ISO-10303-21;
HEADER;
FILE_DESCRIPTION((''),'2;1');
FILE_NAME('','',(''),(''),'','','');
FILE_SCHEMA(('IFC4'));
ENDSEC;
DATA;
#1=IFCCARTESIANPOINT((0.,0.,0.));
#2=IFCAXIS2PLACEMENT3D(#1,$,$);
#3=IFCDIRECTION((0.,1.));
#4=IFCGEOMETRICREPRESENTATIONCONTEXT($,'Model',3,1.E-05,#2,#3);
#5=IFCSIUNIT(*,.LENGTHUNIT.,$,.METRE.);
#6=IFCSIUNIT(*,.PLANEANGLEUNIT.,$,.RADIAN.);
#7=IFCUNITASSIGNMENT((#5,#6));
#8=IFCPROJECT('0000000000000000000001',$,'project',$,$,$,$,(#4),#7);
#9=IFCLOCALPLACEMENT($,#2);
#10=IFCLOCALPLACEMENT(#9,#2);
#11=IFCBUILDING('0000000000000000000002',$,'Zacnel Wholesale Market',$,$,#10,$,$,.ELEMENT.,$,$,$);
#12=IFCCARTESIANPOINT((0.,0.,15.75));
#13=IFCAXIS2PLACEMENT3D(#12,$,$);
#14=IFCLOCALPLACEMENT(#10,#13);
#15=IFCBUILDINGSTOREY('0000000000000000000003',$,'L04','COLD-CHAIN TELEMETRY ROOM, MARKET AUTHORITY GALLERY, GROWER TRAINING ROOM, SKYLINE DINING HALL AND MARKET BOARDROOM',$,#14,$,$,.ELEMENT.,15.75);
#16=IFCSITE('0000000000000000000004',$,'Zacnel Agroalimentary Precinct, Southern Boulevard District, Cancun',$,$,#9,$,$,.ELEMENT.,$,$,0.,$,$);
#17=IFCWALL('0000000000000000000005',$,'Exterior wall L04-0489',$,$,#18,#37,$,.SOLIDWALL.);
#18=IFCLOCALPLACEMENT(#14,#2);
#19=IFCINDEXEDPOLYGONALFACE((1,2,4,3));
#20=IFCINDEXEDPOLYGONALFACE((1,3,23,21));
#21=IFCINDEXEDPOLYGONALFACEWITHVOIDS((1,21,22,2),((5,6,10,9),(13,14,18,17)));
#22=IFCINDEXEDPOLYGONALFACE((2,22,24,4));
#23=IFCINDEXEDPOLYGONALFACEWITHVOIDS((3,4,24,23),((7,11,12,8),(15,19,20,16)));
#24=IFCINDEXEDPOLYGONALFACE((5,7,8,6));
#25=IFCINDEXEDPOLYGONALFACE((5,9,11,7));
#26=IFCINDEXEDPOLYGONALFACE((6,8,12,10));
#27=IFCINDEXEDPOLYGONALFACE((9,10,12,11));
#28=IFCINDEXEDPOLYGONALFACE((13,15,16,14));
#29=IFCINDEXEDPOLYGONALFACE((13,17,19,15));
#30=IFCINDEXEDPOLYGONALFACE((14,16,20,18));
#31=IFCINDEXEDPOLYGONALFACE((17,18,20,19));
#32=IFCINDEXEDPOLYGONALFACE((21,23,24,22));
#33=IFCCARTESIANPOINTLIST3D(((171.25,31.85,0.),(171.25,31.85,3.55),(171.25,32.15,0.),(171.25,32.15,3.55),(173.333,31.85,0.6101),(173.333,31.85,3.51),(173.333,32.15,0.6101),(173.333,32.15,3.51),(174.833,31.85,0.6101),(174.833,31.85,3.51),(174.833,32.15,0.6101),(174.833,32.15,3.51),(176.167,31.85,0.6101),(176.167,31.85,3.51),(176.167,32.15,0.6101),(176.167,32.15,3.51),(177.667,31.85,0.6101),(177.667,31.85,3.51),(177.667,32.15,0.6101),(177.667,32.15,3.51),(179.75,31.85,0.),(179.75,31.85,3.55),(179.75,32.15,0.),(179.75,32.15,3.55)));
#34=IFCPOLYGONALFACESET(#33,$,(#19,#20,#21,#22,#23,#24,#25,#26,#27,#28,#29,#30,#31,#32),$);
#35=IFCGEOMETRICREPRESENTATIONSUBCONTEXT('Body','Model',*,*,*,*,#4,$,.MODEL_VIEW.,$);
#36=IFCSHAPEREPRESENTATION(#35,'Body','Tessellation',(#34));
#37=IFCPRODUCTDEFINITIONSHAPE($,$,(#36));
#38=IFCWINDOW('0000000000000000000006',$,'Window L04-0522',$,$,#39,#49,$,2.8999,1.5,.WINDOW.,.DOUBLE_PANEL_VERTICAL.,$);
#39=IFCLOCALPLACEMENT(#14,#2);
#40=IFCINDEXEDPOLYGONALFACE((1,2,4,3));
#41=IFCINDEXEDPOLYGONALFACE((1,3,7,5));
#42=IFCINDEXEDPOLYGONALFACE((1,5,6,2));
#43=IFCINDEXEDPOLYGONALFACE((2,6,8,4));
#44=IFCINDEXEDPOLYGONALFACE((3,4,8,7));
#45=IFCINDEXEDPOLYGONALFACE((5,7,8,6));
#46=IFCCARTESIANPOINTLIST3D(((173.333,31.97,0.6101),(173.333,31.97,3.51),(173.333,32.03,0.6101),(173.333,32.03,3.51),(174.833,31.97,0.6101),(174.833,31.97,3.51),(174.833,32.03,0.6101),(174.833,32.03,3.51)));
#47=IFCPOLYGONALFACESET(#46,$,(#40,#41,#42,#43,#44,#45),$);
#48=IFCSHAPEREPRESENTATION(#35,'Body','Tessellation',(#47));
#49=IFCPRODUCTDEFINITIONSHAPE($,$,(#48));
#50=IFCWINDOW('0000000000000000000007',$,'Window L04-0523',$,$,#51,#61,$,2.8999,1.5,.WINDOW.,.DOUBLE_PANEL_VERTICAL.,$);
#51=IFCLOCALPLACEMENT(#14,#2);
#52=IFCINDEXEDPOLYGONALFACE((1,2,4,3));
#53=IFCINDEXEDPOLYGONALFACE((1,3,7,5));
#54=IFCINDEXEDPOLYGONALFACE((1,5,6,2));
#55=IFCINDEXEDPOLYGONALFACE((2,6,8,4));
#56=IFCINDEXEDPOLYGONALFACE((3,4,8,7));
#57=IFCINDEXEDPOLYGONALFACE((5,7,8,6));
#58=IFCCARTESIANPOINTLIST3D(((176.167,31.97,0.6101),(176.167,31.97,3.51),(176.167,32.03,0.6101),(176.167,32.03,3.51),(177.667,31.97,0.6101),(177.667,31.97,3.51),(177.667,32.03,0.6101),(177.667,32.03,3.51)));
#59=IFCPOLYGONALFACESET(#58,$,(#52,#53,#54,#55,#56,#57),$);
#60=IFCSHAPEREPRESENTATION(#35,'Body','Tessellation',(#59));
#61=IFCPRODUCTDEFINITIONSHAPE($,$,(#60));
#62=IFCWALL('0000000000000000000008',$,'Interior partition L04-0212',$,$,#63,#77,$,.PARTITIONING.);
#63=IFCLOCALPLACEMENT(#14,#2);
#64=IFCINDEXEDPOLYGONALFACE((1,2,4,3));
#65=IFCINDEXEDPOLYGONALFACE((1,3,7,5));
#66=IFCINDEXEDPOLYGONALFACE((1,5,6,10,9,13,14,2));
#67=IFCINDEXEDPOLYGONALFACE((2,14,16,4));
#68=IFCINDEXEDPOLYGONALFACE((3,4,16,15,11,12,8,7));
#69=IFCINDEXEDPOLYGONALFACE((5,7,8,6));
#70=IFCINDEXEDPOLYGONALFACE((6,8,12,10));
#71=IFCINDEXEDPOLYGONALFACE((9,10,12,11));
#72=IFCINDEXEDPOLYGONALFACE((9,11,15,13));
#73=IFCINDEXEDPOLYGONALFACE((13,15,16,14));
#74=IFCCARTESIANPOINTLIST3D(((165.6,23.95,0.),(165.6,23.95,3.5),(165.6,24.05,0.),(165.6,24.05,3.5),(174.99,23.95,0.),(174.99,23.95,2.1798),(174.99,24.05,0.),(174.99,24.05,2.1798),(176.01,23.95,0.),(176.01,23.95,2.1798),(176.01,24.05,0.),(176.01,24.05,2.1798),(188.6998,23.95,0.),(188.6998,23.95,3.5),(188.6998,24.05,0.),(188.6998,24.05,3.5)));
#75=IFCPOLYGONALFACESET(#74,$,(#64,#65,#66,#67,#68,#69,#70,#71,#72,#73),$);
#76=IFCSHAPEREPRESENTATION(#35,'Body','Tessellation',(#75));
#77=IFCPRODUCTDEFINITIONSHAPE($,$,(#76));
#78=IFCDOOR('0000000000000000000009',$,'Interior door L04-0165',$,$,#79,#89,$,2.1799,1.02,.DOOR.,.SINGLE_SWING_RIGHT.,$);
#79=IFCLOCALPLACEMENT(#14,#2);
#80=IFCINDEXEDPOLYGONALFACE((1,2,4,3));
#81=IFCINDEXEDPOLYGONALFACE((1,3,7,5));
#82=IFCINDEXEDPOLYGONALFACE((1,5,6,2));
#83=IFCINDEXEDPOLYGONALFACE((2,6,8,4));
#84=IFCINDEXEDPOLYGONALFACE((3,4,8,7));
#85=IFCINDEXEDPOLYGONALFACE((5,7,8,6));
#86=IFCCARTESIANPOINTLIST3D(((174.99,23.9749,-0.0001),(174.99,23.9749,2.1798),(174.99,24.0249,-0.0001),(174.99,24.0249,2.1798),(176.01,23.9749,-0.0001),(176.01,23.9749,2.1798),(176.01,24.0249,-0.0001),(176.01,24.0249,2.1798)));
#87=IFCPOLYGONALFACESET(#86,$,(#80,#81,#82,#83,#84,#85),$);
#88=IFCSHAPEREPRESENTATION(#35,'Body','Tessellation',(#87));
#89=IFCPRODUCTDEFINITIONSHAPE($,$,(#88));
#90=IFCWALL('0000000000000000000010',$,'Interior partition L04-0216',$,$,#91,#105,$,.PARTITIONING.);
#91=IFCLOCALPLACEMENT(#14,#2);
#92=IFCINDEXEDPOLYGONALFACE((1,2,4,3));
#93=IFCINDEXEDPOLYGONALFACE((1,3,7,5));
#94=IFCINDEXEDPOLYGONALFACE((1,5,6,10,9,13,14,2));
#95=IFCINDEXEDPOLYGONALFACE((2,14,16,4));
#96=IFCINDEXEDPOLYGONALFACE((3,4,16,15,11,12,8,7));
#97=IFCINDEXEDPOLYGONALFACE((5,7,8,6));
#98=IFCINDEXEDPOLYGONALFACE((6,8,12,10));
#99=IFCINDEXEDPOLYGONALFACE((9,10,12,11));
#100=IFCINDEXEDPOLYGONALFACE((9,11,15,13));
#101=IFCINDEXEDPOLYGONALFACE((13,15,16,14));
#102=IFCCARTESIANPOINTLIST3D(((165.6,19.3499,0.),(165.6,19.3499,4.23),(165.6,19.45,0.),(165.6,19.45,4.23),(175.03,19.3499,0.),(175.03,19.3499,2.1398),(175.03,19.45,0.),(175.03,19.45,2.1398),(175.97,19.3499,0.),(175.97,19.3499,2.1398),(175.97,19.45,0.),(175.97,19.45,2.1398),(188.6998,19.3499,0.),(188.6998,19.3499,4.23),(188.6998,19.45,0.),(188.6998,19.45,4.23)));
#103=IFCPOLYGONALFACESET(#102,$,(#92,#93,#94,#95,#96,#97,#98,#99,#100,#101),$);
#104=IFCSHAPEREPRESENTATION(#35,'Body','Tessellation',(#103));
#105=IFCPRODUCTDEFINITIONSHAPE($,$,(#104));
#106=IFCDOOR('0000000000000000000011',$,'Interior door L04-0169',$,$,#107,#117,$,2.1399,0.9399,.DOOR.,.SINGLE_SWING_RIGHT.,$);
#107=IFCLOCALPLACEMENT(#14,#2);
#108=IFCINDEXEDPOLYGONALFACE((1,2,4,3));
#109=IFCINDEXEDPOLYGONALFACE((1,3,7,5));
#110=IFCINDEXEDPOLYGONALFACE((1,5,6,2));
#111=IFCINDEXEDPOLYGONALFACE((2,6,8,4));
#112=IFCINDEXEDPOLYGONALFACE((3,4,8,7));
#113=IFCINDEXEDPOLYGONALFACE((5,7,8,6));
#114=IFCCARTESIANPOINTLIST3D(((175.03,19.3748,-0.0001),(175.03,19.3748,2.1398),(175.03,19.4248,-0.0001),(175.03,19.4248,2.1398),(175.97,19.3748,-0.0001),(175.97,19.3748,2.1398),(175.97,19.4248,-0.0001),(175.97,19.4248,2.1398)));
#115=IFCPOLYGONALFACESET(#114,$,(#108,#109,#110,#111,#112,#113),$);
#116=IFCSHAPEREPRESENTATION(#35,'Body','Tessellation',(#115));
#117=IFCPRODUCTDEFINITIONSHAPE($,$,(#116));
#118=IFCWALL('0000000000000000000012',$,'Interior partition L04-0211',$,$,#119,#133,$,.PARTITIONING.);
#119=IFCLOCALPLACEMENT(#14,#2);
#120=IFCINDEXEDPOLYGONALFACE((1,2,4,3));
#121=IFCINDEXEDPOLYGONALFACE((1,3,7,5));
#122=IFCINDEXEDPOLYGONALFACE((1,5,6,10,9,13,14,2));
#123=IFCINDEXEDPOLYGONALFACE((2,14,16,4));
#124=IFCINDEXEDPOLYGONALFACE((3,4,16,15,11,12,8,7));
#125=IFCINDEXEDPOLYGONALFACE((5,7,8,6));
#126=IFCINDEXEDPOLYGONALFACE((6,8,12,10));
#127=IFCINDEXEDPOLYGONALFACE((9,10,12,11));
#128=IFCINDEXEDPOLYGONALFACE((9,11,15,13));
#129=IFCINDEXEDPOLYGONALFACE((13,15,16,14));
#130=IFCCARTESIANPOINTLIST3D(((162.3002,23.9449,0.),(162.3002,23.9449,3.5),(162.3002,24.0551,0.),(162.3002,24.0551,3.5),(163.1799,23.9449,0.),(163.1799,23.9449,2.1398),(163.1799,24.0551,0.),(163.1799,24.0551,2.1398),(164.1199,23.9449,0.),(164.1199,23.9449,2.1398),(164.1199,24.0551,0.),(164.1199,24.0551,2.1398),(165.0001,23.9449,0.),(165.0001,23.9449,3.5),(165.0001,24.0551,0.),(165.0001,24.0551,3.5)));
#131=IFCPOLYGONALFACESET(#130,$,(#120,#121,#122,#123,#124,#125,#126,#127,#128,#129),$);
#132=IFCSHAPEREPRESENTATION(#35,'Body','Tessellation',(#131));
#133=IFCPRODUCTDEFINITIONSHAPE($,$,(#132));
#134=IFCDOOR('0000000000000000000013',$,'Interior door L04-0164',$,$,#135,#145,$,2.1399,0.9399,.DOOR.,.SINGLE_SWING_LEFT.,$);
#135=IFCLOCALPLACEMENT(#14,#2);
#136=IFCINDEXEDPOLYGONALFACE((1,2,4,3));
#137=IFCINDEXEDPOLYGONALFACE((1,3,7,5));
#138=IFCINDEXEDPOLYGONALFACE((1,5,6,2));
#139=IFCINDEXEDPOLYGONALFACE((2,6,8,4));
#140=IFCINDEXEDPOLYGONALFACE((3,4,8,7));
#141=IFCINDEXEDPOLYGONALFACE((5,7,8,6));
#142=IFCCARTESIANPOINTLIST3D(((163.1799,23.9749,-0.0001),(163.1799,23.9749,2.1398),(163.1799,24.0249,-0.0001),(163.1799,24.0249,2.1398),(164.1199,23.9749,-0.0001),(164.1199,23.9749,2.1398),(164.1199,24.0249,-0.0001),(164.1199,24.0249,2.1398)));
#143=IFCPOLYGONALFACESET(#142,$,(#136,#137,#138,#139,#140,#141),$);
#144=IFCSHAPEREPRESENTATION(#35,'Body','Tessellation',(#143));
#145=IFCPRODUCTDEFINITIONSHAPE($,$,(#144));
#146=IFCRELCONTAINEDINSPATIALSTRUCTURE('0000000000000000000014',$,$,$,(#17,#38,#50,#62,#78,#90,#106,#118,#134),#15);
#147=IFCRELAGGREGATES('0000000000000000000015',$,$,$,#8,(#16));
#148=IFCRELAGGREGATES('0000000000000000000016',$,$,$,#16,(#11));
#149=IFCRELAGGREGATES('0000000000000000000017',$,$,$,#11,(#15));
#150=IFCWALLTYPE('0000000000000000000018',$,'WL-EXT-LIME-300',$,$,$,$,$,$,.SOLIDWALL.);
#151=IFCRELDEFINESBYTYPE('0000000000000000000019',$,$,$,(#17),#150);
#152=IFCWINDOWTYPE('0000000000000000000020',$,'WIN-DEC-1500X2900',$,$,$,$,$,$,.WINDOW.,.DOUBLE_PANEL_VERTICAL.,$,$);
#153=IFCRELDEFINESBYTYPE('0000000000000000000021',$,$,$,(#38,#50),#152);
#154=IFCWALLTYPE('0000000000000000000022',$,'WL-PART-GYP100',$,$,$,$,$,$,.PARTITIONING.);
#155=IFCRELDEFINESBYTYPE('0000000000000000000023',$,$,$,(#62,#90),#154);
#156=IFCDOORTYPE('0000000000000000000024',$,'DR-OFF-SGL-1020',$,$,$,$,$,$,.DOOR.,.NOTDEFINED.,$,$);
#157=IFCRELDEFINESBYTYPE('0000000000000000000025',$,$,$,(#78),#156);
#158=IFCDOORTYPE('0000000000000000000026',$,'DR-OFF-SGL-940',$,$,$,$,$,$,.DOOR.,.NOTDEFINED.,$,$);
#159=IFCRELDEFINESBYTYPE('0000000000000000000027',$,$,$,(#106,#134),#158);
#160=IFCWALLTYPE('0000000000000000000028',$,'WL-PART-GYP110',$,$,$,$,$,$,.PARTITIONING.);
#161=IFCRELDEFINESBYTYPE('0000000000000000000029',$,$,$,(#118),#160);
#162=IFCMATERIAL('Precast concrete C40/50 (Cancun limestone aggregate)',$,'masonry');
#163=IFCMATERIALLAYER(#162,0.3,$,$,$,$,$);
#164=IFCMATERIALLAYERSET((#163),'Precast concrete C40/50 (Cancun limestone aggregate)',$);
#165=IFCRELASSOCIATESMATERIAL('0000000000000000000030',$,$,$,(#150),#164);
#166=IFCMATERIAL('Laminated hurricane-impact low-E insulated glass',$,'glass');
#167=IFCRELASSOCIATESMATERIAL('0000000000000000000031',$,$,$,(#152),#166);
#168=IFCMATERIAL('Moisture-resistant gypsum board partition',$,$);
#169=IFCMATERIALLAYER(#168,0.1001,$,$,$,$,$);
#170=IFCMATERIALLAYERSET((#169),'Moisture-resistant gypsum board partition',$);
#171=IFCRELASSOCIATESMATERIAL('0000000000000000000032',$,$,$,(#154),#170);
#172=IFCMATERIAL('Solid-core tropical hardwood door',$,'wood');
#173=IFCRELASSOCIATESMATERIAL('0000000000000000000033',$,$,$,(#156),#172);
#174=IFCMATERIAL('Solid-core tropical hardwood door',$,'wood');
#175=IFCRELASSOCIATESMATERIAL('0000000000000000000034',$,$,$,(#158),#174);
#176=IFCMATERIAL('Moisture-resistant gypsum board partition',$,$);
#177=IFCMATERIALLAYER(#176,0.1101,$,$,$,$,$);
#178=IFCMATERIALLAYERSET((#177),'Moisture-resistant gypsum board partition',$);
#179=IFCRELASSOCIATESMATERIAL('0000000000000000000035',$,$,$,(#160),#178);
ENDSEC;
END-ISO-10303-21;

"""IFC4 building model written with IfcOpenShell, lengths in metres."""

from ifc_helpers import new_model, si_unit, direction, frame, frame_2d, origin, place, context, subcontext, project, spatial, rectangle, extrude, material, layer, layer_set, type_object, element, fill, save


model = new_model("IFC4")

# Units and contexts
model_context = context("Model", 3, precision=1e-05, world=origin(), true_north=direction((0.0, 1.0)))
body_context = subcontext(model_context, "Body", "Model", "MODEL_VIEW")
ifc_project = project(units=[si_unit("LENGTHUNIT", "METRE"), si_unit("PLANEANGLEUNIT", "RADIAN")], contexts=[model_context])

# Site, building, storey
site_placement = place(None, origin())
site = spatial("IfcSite", under=ifc_project, at=site_placement, Name="Zacnel Agroalimentary Precinct, Southern Boulevard District, Cancun", CompositionType="ELEMENT", RefElevation=0.0)
building_placement = place(site_placement, origin())
building = spatial("IfcBuilding", under=site, at=building_placement, Name="Zacnel Wholesale Market", CompositionType="ELEMENT")
storey_placement = place(building_placement, frame((0.0, 0.0, 15.75)))
storey = spatial("IfcBuildingStorey", under=building, at=storey_placement, Name="L04", Description="COLD-CHAIN TELEMETRY ROOM, MARKET AUTHORITY GALLERY, GROWER TRAINING ROOM, SKYLINE DINING HALL AND MARKET BOARDROOM", CompositionType="ELEMENT", Elevation=15.75)

# Wall, openings, windows
ifc_material_1 = material(Name="Precast concrete C40/50 (Cancun limestone aggregate)", Category="masonry")
ifc_layer_1 = layer(ifc_material_1, 0.3)
ifc_layer_set_1 = layer_set([ifc_layer_1], Name="Precast concrete C40/50 (Cancun limestone aggregate)")
wall_type_1 = type_object("IfcWallType", Name="WL-EXT-LIME-300", PredefinedType="SOLIDWALL", material=ifc_layer_set_1)
wall_1_placement = place(storey_placement, frame((171.25, 32.0, 0.0), z_axis=(0.0, 0.0, 1.0), x_axis=(1.0, 0.0, 0.0)))
wall_1 = element("IfcWall", 1, at=wall_1_placement, inside=storey, type_object=wall_type_1, Name="Exterior wall L04-0489", PredefinedType="SOLIDWALL", context=body_context, shape_type="SweptSolid", body=[
    extrude(rectangle(XDim=8.5, YDim=0.3, at=frame_2d((4.25, 0.0))), origin(), (0.0, 0.0, 1.0), 3.55),
])
opening_1_placement = place(wall_1_placement, frame((2.083, 0.0, 0.6101)))
opening_1 = element("IfcOpeningElement", 2, at=opening_1_placement, cuts=wall_1, PredefinedType="OPENING", context=body_context, shape_type="SweptSolid", body=[
    extrude(rectangle(XDim=1.5, YDim=2.8999, at=frame_2d((0.75, 1.45))), frame((0.0, 0.1599, 0.0), z_axis=(0.0, -1.0, 0.0), x_axis=(1.0, 0.0, 0.0)), (0.0, 0.0, 1.0), 0.3201),
])
opening_2_placement = place(wall_1_placement, frame((4.917, 0.0, 0.6101)))
opening_2 = element("IfcOpeningElement", 3, at=opening_2_placement, cuts=wall_1, PredefinedType="OPENING", context=body_context, shape_type="SweptSolid", body=[
    extrude(rectangle(XDim=1.5, YDim=2.8999, at=frame_2d((0.75, 1.45))), frame((0.0, 0.1599, 0.0), z_axis=(0.0, -1.0, 0.0), x_axis=(1.0, 0.0, 0.0)), (0.0, 0.0, 1.0), 0.3201),
])
ifc_material_2 = material(Name="Laminated hurricane-impact low-E insulated glass", Category="glass")
window_type = type_object("IfcWindowType", Name="WIN-DEC-1500X2900", PartitioningType="DOUBLE_PANEL_VERTICAL", PredefinedType="WINDOW", material=ifc_material_2)
window_1_placement = place(opening_1_placement, origin())
window_1 = element("IfcWindow", 4, at=window_1_placement, inside=storey, type_object=window_type, Name="Window L04-0522", OverallHeight=2.8999, OverallWidth=1.5, PartitioningType="DOUBLE_PANEL_VERTICAL", PredefinedType="WINDOW", context=body_context, shape_type="SweptSolid", body=[
    extrude(rectangle(XDim=1.5, YDim=2.8999, at=frame_2d((0.75, 1.45))), frame((0.0, 0.03, 0.0), z_axis=(0.0, -1.0, 0.0), x_axis=(1.0, 0.0, 0.0)), (0.0, 0.0, 1.0), 0.0601),
])
fill(opening_1, window_1)
window_2_placement = place(opening_2_placement, origin())
window_2 = element("IfcWindow", 5, at=window_2_placement, inside=storey, type_object=window_type, Name="Window L04-0523", OverallHeight=2.8999, OverallWidth=1.5, PartitioningType="DOUBLE_PANEL_VERTICAL", PredefinedType="WINDOW", context=body_context, shape_type="SweptSolid", body=[
    extrude(rectangle(XDim=1.5, YDim=2.8999, at=frame_2d((0.75, 1.45))), frame((0.0, 0.03, 0.0), z_axis=(0.0, -1.0, 0.0), x_axis=(1.0, 0.0, 0.0)), (0.0, 0.0, 1.0), 0.0601),
])
fill(opening_2, window_2)

# Walls, openings, doors
ifc_material_3 = material(Name="Moisture-resistant gypsum board partition")
ifc_layer_2 = layer(ifc_material_3, 0.1001)
ifc_layer_set_2 = layer_set([ifc_layer_2], Name="Moisture-resistant gypsum board partition")
wall_type_2 = type_object("IfcWallType", Name="WL-PART-GYP100", PredefinedType="PARTITIONING", material=ifc_layer_set_2)
wall_2_placement = place(storey_placement, frame((165.6001, 24.0, 0.0), z_axis=(0.0, 0.0, 1.0), x_axis=(1.0, 0.0, 0.0)))
wall_2 = element("IfcWall", 6, at=wall_2_placement, inside=storey, type_object=wall_type_2, Name="Interior partition L04-0212", PredefinedType="PARTITIONING", context=body_context, shape_type="SweptSolid", body=[
    extrude(rectangle(XDim=23.0999, YDim=0.1001, at=frame_2d((11.5498, 0.0))), origin(), (0.0, 0.0, 1.0), 3.5),
])
opening_3_placement = place(wall_2_placement, frame((9.3899, 0.0, 0.0)))
opening_3 = element("IfcOpeningElement", 7, at=opening_3_placement, cuts=wall_2, PredefinedType="OPENING", context=body_context, shape_type="SweptSolid", body=[
    extrude(rectangle(XDim=1.02, YDim=2.1799, at=frame_2d((0.51, 1.0898))), frame((0.0, 0.0601, 0.0), z_axis=(0.0, -1.0, 0.0), x_axis=(1.0, 0.0, 0.0)), (0.0, 0.0, 1.0), 0.1201),
])
ifc_material_4 = material(Name="Solid-core tropical hardwood door", Category="wood")
door_type_1 = type_object("IfcDoorType", Name="DR-OFF-SGL-1020", OperationType="NOTDEFINED", PredefinedType="DOOR", material=ifc_material_4)
door_1_placement = place(opening_3_placement, origin())
door_1 = element("IfcDoor", 8, at=door_1_placement, inside=storey, type_object=door_type_1, Name="Interior door L04-0165", OperationType="SINGLE_SWING_RIGHT", OverallHeight=2.1799, OverallWidth=1.02, PredefinedType="DOOR", context=body_context, shape_type="SweptSolid", body=[
    extrude(rectangle(XDim=1.02, YDim=2.1799, at=frame_2d((0.51, 1.0898))), frame((0.0, 0.0249, 0.0), z_axis=(0.0, -1.0, 0.0), x_axis=(1.0, 0.0, 0.0)), (0.0, 0.0, 1.0), 0.05),
])
fill(opening_3, door_1)
wall_3_placement = place(storey_placement, frame((165.6001, 19.3999, 0.0), z_axis=(0.0, 0.0, 1.0), x_axis=(1.0, 0.0, 0.0)))
wall_3 = element("IfcWall", 9, at=wall_3_placement, inside=storey, type_object=wall_type_2, Name="Interior partition L04-0216", PredefinedType="PARTITIONING", context=body_context, shape_type="SweptSolid", body=[
    extrude(rectangle(XDim=23.0999, YDim=0.1001, at=frame_2d((11.5498, 0.0))), origin(), (0.0, 0.0, 1.0), 4.23),
])
opening_4_placement = place(wall_3_placement, frame((9.4299, 0.0, 0.0)))
opening_4 = element("IfcOpeningElement", 10, at=opening_4_placement, cuts=wall_3, PredefinedType="OPENING", context=body_context, shape_type="SweptSolid", body=[
    extrude(rectangle(XDim=0.9399, YDim=2.1399, at=frame_2d((0.47, 1.0698))), frame((0.0, 0.0601, 0.0), z_axis=(0.0, -1.0, 0.0), x_axis=(1.0, 0.0, 0.0)), (0.0, 0.0, 1.0), 0.1201),
])
ifc_material_5 = material(Name="Solid-core tropical hardwood door", Category="wood")
door_type_2 = type_object("IfcDoorType", Name="DR-OFF-SGL-940", OperationType="NOTDEFINED", PredefinedType="DOOR", material=ifc_material_5)
door_2_placement = place(opening_4_placement, origin())
door_2 = element("IfcDoor", 11, at=door_2_placement, inside=storey, type_object=door_type_2, Name="Interior door L04-0169", OperationType="SINGLE_SWING_RIGHT", OverallHeight=2.1399, OverallWidth=0.9399, PredefinedType="DOOR", context=body_context, shape_type="SweptSolid", body=[
    extrude(rectangle(XDim=0.9399, YDim=2.1399, at=frame_2d((0.47, 1.0698))), frame((0.0, 0.0249, 0.0), z_axis=(0.0, -1.0, 0.0), x_axis=(1.0, 0.0, 0.0)), (0.0, 0.0, 1.0), 0.05),
])
fill(opening_4, door_2)
ifc_material_6 = material(Name="Moisture-resistant gypsum board partition")
ifc_layer_3 = layer(ifc_material_6, 0.1101)
ifc_layer_set_3 = layer_set([ifc_layer_3], Name="Moisture-resistant gypsum board partition")
wall_type_3 = type_object("IfcWallType", Name="WL-PART-GYP110", PredefinedType="PARTITIONING", material=ifc_layer_set_3)
wall_4_placement = place(storey_placement, frame((162.3, 24.0, 0.0), z_axis=(0.0, 0.0, 1.0), x_axis=(1.0, 0.0, 0.0)))
wall_4 = element("IfcWall", 12, at=wall_4_placement, inside=storey, type_object=wall_type_3, Name="Interior partition L04-0211", PredefinedType="PARTITIONING", context=body_context, shape_type="SweptSolid", body=[
    extrude(rectangle(XDim=2.7, YDim=0.1101, at=frame_2d((1.3501, 0.0))), origin(), (0.0, 0.0, 1.0), 3.5),
])
opening_5_placement = place(wall_4_placement, frame((0.8799, 0.0, 0.0)))
opening_5 = element("IfcOpeningElement", 13, at=opening_5_placement, cuts=wall_4, PredefinedType="OPENING", context=body_context, shape_type="SweptSolid", body=[
    extrude(rectangle(XDim=0.9399, YDim=2.1399, at=frame_2d((0.47, 1.0698))), frame((0.0, 0.0649, 0.0), z_axis=(0.0, -1.0, 0.0), x_axis=(1.0, 0.0, 0.0)), (0.0, 0.0, 1.0), 0.1301),
])
door_3_placement = place(opening_5_placement, origin())
door_3 = element("IfcDoor", 14, at=door_3_placement, inside=storey, type_object=door_type_2, Name="Interior door L04-0164", OperationType="SINGLE_SWING_LEFT", OverallHeight=2.1399, OverallWidth=0.9399, PredefinedType="DOOR", context=body_context, shape_type="SweptSolid", body=[
    extrude(rectangle(XDim=0.9399, YDim=2.1399, at=frame_2d((0.47, 1.0698))), frame((0.0, 0.0249, 0.0), z_axis=(0.0, -1.0, 0.0), x_axis=(1.0, 0.0, 0.0)), (0.0, 0.0, 1.0), 0.05),
])
fill(opening_5, door_3)

save(model, "model.ifc")
